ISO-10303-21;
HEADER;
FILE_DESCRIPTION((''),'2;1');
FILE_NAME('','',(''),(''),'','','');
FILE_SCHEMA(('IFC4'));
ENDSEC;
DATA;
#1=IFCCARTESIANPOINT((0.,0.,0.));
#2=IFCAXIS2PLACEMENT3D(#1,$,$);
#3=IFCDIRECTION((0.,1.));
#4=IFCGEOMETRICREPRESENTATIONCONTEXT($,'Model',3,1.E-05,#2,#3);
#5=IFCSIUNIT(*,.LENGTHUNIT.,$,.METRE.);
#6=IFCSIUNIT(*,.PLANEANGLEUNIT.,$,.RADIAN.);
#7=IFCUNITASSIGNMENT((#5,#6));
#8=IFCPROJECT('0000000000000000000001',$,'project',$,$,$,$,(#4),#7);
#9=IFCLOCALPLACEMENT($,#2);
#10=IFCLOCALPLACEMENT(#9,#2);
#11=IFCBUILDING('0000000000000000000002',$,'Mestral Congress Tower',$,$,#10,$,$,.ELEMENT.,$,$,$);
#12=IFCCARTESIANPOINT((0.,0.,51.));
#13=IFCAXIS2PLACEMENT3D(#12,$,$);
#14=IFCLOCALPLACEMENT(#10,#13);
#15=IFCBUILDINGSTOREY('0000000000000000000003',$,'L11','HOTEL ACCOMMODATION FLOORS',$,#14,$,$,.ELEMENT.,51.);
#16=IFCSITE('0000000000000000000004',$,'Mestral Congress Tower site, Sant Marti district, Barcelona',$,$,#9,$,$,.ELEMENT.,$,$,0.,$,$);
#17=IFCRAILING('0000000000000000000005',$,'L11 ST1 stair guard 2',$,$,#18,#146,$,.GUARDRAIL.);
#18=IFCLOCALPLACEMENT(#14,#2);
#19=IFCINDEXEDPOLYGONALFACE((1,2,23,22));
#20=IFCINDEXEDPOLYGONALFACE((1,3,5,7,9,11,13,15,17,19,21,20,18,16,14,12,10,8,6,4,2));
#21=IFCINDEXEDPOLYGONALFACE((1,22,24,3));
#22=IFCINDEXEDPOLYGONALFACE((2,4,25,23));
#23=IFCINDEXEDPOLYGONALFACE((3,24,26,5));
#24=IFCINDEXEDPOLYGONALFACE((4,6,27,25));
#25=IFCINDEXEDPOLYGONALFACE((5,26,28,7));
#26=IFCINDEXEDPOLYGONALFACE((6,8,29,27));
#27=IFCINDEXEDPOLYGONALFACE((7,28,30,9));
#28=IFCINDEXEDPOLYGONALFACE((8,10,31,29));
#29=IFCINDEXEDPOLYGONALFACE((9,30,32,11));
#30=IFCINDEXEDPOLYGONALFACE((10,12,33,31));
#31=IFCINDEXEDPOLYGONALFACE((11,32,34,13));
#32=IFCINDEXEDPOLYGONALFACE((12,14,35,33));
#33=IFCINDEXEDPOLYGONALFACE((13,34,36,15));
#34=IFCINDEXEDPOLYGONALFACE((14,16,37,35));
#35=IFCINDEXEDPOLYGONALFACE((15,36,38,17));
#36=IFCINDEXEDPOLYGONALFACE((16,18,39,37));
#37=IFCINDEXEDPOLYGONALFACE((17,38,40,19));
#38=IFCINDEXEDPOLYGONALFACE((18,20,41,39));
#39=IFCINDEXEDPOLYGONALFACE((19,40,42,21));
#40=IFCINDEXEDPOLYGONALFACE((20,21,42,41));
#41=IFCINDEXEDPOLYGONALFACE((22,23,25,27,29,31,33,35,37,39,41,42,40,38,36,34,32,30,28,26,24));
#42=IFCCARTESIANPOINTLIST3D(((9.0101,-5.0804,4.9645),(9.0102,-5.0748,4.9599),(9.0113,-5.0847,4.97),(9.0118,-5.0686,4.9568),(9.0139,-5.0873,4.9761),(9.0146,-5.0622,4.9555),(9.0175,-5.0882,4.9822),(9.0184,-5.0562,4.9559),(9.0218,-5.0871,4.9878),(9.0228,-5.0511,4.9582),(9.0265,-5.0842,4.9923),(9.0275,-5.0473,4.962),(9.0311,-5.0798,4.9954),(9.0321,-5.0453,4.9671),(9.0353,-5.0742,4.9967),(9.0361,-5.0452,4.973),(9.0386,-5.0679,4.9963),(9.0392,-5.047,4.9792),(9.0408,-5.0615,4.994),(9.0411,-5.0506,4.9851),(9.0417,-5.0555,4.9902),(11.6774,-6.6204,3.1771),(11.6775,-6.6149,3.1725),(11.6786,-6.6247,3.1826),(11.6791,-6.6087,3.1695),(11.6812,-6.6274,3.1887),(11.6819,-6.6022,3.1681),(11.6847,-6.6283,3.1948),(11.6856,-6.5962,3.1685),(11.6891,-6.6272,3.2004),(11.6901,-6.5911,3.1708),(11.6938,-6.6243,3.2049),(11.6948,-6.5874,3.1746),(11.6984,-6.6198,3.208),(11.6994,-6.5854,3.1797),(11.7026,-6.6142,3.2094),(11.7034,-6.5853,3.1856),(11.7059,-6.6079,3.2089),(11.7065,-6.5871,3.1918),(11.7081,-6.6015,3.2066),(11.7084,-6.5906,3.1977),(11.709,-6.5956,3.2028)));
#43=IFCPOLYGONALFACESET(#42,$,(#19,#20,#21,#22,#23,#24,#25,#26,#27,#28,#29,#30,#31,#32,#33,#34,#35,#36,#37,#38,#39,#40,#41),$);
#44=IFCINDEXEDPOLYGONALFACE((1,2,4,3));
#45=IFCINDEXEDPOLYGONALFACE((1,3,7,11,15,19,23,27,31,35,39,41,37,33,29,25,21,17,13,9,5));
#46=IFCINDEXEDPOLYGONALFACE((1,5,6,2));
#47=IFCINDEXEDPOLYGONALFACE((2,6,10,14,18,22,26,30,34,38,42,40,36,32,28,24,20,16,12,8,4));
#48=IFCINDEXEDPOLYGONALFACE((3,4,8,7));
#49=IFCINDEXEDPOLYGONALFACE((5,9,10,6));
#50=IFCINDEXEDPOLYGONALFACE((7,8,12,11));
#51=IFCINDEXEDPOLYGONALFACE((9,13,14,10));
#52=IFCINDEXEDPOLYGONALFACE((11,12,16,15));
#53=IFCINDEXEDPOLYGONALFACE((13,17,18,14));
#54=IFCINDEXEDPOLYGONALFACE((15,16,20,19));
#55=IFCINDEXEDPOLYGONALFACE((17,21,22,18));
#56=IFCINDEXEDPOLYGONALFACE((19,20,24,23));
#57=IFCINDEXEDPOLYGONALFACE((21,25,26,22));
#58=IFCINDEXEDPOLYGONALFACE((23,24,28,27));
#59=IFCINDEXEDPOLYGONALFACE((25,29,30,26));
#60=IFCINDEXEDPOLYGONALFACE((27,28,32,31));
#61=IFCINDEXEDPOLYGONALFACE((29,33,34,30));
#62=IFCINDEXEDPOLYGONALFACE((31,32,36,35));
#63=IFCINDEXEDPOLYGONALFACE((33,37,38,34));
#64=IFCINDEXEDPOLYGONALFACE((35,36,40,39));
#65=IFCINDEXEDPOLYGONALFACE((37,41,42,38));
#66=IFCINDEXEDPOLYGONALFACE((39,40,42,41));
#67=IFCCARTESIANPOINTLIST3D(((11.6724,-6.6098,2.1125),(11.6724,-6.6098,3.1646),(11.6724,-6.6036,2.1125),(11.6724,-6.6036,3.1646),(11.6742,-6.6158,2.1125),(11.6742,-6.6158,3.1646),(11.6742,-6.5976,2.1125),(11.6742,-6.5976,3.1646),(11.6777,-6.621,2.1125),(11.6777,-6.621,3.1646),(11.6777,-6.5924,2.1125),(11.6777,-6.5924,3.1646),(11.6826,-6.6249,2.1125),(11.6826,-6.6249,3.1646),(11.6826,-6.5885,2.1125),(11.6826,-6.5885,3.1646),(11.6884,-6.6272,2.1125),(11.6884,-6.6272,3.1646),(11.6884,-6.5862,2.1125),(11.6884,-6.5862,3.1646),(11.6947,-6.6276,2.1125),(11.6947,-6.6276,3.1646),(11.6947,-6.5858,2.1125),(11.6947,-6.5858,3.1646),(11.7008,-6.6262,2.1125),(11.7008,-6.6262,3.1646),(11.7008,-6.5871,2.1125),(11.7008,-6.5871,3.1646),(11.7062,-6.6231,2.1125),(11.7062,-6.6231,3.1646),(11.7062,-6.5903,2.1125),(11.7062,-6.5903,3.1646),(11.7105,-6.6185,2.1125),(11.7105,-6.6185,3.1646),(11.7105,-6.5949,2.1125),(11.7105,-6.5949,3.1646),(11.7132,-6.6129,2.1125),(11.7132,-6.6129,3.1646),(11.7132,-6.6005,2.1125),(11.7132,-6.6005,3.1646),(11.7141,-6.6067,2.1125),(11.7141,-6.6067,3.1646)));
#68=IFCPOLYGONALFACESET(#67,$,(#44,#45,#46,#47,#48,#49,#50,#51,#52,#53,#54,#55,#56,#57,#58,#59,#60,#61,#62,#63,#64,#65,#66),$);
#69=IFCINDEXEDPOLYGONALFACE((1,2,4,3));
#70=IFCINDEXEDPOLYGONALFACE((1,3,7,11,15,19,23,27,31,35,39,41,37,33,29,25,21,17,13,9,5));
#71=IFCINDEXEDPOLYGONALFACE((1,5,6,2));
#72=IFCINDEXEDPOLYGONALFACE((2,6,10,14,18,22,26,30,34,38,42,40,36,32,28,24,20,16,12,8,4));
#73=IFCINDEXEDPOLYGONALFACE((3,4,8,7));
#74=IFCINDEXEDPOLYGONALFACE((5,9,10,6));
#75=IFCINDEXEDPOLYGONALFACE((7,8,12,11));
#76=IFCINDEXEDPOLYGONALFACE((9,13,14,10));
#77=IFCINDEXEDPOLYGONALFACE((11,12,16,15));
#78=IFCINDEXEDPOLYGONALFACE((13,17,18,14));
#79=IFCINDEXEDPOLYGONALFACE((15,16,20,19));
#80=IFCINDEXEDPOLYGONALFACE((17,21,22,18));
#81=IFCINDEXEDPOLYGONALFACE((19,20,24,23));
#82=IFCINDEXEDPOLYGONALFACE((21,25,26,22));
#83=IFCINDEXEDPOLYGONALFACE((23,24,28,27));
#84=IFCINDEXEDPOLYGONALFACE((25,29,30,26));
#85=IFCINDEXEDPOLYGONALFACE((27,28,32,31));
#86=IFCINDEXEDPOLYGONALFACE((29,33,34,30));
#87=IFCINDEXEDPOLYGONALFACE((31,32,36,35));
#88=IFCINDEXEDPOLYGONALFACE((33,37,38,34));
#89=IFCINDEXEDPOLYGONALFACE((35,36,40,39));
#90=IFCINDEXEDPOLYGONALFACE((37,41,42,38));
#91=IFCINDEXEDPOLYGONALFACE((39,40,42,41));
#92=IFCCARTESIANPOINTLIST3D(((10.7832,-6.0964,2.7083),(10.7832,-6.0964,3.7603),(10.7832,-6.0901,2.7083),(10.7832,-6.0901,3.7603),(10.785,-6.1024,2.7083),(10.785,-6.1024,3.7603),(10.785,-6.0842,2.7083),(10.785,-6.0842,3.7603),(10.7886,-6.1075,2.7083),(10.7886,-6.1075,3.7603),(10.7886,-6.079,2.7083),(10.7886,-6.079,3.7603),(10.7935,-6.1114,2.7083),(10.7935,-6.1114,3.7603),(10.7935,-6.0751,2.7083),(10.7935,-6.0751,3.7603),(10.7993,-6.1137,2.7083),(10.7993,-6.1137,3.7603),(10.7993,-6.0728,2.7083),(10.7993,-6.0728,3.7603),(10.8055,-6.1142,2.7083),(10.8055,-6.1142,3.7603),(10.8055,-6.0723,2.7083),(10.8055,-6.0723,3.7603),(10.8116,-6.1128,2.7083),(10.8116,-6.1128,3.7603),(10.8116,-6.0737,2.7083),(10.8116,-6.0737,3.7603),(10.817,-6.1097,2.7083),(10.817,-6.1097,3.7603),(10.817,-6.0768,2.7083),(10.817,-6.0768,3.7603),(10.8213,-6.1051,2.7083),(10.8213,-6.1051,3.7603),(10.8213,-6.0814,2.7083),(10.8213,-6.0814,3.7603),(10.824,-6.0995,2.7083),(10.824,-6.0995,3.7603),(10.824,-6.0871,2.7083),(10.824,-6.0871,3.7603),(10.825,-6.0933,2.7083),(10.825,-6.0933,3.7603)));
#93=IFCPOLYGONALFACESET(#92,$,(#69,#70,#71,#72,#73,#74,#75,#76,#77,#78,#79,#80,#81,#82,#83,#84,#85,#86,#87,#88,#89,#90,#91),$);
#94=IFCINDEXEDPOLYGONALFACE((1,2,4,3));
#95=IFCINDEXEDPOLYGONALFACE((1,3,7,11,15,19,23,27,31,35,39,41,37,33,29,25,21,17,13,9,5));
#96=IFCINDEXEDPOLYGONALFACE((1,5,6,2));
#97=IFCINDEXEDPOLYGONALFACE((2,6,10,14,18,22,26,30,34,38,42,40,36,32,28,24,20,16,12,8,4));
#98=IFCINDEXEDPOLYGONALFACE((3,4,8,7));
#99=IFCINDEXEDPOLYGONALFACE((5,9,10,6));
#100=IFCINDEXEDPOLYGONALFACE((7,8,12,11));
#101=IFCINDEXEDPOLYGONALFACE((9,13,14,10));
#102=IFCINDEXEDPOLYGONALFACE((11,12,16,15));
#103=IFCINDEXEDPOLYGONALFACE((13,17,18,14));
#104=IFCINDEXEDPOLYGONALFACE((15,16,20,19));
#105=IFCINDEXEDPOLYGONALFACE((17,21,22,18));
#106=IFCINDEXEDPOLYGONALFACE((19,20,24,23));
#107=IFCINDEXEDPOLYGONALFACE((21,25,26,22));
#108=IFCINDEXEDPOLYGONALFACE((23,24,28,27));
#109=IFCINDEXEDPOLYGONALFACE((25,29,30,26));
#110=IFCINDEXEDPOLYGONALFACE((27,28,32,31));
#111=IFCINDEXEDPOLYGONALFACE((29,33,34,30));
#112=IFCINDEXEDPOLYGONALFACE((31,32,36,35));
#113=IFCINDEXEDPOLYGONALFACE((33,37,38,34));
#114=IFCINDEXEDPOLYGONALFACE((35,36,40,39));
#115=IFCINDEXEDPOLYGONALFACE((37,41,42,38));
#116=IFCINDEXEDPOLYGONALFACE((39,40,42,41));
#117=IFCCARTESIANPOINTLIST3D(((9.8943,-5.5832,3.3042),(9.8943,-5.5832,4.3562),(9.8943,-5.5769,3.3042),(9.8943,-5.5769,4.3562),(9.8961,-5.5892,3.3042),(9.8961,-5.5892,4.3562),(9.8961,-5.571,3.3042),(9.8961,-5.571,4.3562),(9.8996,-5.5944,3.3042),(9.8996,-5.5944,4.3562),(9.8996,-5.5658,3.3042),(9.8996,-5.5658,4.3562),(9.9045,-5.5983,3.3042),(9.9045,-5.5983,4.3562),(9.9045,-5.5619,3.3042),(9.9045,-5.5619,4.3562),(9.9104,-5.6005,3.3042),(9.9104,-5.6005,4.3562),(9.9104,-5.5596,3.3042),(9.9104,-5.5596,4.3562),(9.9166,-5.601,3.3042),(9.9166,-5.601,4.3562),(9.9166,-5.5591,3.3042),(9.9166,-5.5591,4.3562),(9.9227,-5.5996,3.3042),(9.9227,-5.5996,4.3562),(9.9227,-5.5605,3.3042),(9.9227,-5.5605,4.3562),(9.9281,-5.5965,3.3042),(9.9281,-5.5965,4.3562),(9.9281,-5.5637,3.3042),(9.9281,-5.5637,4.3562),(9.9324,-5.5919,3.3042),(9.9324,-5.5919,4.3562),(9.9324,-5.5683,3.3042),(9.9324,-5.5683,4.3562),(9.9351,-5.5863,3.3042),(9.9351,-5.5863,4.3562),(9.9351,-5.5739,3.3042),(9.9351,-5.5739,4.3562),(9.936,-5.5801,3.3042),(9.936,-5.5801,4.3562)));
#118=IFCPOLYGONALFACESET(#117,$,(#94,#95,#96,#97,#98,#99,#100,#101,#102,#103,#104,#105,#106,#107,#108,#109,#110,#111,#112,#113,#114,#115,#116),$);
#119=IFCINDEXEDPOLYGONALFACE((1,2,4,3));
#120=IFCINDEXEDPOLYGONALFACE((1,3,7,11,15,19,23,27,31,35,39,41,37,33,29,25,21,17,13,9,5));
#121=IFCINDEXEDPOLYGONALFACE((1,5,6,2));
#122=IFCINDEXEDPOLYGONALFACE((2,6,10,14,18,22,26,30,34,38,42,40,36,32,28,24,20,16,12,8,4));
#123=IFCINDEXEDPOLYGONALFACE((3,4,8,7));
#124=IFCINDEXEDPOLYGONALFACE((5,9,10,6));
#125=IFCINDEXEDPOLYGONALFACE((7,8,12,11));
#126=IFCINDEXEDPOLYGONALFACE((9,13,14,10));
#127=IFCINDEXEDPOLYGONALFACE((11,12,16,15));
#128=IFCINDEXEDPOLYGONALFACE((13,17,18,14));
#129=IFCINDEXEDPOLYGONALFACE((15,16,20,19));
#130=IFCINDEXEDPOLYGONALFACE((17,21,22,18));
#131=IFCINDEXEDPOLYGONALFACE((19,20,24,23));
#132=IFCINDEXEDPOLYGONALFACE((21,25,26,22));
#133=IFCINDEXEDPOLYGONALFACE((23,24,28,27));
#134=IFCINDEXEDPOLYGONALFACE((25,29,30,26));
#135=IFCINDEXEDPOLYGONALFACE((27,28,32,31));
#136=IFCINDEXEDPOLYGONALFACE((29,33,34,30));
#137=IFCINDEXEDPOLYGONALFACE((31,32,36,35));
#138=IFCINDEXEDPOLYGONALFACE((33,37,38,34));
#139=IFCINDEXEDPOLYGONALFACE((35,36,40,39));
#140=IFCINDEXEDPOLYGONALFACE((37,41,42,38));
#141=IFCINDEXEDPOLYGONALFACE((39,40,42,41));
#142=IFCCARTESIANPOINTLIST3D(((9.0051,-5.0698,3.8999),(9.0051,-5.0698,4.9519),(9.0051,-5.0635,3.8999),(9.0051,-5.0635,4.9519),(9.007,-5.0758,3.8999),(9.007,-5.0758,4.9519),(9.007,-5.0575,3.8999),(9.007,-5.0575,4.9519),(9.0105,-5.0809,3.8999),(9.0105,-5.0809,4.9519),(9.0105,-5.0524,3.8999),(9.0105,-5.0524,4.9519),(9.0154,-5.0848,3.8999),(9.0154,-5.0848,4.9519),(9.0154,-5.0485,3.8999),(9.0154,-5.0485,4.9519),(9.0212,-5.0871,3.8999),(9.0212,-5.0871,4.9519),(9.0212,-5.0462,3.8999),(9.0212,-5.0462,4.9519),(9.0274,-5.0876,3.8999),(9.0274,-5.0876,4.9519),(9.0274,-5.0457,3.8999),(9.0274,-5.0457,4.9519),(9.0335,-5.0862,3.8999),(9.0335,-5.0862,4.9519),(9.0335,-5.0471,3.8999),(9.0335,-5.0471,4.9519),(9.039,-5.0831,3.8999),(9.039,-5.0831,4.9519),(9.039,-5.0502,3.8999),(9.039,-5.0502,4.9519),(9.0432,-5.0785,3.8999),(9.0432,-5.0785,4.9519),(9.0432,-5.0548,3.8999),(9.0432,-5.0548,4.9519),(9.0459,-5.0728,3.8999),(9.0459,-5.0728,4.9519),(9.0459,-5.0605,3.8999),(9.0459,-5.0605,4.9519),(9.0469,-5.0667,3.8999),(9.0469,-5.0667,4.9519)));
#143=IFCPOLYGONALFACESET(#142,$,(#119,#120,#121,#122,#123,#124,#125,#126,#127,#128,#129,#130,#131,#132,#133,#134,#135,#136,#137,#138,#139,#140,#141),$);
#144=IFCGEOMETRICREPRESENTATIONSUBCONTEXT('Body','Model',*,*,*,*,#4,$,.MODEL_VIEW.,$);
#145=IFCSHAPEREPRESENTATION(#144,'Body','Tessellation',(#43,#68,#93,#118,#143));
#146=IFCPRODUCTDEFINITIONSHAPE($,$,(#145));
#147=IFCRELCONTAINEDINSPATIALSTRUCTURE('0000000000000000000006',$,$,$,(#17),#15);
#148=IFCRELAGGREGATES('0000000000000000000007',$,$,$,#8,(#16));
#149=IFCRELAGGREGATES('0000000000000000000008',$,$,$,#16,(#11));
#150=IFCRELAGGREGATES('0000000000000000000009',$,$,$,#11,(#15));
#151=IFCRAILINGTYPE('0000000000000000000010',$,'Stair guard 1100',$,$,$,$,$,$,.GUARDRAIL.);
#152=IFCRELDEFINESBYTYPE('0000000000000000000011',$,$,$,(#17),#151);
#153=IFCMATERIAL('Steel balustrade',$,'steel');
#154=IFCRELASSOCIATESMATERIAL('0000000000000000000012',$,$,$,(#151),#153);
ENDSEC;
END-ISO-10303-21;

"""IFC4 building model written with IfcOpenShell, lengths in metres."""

from ifc_helpers import new_model, si_unit, direction, frame, origin, origin_2d, place, context, subcontext, project, spatial, circle, extrude, material, type_object, element, save


model = new_model("IFC4")

# Units and contexts
model_context = context("Model", 3, precision=1e-05, world=origin(), true_north=direction((0.0, 1.0)))
body_context = subcontext(model_context, "Body", "Model", "MODEL_VIEW")
ifc_project = project(units=[si_unit("LENGTHUNIT", "METRE"), si_unit("PLANEANGLEUNIT", "RADIAN")], contexts=[model_context])

# Site, building, storey
site_placement = place(None, origin())
site = spatial("IfcSite", under=ifc_project, at=site_placement, Name="Mestral Congress Tower site, Sant Marti district, Barcelona", CompositionType="ELEMENT", RefElevation=0.0)
building_placement = place(site_placement, origin())
building = spatial("IfcBuilding", under=site, at=building_placement, Name="Mestral Congress Tower", CompositionType="ELEMENT")
storey_placement = place(building_placement, frame((0.0, 0.0, 51.0)))
storey = spatial("IfcBuildingStorey", under=building, at=storey_placement, Name="L11", Description="HOTEL ACCOMMODATION FLOORS", CompositionType="ELEMENT", Elevation=51.0)

# Railing
ifc_material_1 = material(Name="Steel balustrade", Category="steel")
railing_type_1 = type_object("IfcRailingType", Name="Stair guard 1100", PredefinedType="GUARDRAIL", material=ifc_material_1)
railing_1_placement = place(storey_placement, frame((11.6931, -6.6067, 2.1125)))
element("IfcRailing", 1, at=railing_1_placement, inside=storey, type_object=railing_type_1, Name="L11 ST1 stair guard 2", PredefinedType="GUARDRAIL", context=body_context, shape_type="SweptSolid", body=[
    extrude(circle(Radius=0.0239, at=origin_2d()), frame((0.0, 0.0, 1.0762), z_axis=(-0.74902, 0.432477, 0.501929), x_axis=(-0.500027, -0.86601, 0.0)), (0.0, 0.0, 1.0), 3.561),
    extrude(circle(Radius=0.021, at=origin_2d()), origin(), (0.0, 0.0, 1.0), 1.052),
    extrude(circle(Radius=0.021, at=origin_2d()), frame((-0.8892, 0.5134, 0.5957)), (0.0, 0.0, 1.0), 1.052),
    extrude(circle(Radius=0.021, at=origin_2d()), frame((-1.7781, 1.0266, 1.1917)), (0.0, 0.0, 1.0), 1.052),
    extrude(circle(Radius=0.021, at=origin_2d()), frame((-2.6672, 1.54, 1.7874)), (0.0, 0.0, 1.0), 1.052),
])

save(model, "model.ifc")
